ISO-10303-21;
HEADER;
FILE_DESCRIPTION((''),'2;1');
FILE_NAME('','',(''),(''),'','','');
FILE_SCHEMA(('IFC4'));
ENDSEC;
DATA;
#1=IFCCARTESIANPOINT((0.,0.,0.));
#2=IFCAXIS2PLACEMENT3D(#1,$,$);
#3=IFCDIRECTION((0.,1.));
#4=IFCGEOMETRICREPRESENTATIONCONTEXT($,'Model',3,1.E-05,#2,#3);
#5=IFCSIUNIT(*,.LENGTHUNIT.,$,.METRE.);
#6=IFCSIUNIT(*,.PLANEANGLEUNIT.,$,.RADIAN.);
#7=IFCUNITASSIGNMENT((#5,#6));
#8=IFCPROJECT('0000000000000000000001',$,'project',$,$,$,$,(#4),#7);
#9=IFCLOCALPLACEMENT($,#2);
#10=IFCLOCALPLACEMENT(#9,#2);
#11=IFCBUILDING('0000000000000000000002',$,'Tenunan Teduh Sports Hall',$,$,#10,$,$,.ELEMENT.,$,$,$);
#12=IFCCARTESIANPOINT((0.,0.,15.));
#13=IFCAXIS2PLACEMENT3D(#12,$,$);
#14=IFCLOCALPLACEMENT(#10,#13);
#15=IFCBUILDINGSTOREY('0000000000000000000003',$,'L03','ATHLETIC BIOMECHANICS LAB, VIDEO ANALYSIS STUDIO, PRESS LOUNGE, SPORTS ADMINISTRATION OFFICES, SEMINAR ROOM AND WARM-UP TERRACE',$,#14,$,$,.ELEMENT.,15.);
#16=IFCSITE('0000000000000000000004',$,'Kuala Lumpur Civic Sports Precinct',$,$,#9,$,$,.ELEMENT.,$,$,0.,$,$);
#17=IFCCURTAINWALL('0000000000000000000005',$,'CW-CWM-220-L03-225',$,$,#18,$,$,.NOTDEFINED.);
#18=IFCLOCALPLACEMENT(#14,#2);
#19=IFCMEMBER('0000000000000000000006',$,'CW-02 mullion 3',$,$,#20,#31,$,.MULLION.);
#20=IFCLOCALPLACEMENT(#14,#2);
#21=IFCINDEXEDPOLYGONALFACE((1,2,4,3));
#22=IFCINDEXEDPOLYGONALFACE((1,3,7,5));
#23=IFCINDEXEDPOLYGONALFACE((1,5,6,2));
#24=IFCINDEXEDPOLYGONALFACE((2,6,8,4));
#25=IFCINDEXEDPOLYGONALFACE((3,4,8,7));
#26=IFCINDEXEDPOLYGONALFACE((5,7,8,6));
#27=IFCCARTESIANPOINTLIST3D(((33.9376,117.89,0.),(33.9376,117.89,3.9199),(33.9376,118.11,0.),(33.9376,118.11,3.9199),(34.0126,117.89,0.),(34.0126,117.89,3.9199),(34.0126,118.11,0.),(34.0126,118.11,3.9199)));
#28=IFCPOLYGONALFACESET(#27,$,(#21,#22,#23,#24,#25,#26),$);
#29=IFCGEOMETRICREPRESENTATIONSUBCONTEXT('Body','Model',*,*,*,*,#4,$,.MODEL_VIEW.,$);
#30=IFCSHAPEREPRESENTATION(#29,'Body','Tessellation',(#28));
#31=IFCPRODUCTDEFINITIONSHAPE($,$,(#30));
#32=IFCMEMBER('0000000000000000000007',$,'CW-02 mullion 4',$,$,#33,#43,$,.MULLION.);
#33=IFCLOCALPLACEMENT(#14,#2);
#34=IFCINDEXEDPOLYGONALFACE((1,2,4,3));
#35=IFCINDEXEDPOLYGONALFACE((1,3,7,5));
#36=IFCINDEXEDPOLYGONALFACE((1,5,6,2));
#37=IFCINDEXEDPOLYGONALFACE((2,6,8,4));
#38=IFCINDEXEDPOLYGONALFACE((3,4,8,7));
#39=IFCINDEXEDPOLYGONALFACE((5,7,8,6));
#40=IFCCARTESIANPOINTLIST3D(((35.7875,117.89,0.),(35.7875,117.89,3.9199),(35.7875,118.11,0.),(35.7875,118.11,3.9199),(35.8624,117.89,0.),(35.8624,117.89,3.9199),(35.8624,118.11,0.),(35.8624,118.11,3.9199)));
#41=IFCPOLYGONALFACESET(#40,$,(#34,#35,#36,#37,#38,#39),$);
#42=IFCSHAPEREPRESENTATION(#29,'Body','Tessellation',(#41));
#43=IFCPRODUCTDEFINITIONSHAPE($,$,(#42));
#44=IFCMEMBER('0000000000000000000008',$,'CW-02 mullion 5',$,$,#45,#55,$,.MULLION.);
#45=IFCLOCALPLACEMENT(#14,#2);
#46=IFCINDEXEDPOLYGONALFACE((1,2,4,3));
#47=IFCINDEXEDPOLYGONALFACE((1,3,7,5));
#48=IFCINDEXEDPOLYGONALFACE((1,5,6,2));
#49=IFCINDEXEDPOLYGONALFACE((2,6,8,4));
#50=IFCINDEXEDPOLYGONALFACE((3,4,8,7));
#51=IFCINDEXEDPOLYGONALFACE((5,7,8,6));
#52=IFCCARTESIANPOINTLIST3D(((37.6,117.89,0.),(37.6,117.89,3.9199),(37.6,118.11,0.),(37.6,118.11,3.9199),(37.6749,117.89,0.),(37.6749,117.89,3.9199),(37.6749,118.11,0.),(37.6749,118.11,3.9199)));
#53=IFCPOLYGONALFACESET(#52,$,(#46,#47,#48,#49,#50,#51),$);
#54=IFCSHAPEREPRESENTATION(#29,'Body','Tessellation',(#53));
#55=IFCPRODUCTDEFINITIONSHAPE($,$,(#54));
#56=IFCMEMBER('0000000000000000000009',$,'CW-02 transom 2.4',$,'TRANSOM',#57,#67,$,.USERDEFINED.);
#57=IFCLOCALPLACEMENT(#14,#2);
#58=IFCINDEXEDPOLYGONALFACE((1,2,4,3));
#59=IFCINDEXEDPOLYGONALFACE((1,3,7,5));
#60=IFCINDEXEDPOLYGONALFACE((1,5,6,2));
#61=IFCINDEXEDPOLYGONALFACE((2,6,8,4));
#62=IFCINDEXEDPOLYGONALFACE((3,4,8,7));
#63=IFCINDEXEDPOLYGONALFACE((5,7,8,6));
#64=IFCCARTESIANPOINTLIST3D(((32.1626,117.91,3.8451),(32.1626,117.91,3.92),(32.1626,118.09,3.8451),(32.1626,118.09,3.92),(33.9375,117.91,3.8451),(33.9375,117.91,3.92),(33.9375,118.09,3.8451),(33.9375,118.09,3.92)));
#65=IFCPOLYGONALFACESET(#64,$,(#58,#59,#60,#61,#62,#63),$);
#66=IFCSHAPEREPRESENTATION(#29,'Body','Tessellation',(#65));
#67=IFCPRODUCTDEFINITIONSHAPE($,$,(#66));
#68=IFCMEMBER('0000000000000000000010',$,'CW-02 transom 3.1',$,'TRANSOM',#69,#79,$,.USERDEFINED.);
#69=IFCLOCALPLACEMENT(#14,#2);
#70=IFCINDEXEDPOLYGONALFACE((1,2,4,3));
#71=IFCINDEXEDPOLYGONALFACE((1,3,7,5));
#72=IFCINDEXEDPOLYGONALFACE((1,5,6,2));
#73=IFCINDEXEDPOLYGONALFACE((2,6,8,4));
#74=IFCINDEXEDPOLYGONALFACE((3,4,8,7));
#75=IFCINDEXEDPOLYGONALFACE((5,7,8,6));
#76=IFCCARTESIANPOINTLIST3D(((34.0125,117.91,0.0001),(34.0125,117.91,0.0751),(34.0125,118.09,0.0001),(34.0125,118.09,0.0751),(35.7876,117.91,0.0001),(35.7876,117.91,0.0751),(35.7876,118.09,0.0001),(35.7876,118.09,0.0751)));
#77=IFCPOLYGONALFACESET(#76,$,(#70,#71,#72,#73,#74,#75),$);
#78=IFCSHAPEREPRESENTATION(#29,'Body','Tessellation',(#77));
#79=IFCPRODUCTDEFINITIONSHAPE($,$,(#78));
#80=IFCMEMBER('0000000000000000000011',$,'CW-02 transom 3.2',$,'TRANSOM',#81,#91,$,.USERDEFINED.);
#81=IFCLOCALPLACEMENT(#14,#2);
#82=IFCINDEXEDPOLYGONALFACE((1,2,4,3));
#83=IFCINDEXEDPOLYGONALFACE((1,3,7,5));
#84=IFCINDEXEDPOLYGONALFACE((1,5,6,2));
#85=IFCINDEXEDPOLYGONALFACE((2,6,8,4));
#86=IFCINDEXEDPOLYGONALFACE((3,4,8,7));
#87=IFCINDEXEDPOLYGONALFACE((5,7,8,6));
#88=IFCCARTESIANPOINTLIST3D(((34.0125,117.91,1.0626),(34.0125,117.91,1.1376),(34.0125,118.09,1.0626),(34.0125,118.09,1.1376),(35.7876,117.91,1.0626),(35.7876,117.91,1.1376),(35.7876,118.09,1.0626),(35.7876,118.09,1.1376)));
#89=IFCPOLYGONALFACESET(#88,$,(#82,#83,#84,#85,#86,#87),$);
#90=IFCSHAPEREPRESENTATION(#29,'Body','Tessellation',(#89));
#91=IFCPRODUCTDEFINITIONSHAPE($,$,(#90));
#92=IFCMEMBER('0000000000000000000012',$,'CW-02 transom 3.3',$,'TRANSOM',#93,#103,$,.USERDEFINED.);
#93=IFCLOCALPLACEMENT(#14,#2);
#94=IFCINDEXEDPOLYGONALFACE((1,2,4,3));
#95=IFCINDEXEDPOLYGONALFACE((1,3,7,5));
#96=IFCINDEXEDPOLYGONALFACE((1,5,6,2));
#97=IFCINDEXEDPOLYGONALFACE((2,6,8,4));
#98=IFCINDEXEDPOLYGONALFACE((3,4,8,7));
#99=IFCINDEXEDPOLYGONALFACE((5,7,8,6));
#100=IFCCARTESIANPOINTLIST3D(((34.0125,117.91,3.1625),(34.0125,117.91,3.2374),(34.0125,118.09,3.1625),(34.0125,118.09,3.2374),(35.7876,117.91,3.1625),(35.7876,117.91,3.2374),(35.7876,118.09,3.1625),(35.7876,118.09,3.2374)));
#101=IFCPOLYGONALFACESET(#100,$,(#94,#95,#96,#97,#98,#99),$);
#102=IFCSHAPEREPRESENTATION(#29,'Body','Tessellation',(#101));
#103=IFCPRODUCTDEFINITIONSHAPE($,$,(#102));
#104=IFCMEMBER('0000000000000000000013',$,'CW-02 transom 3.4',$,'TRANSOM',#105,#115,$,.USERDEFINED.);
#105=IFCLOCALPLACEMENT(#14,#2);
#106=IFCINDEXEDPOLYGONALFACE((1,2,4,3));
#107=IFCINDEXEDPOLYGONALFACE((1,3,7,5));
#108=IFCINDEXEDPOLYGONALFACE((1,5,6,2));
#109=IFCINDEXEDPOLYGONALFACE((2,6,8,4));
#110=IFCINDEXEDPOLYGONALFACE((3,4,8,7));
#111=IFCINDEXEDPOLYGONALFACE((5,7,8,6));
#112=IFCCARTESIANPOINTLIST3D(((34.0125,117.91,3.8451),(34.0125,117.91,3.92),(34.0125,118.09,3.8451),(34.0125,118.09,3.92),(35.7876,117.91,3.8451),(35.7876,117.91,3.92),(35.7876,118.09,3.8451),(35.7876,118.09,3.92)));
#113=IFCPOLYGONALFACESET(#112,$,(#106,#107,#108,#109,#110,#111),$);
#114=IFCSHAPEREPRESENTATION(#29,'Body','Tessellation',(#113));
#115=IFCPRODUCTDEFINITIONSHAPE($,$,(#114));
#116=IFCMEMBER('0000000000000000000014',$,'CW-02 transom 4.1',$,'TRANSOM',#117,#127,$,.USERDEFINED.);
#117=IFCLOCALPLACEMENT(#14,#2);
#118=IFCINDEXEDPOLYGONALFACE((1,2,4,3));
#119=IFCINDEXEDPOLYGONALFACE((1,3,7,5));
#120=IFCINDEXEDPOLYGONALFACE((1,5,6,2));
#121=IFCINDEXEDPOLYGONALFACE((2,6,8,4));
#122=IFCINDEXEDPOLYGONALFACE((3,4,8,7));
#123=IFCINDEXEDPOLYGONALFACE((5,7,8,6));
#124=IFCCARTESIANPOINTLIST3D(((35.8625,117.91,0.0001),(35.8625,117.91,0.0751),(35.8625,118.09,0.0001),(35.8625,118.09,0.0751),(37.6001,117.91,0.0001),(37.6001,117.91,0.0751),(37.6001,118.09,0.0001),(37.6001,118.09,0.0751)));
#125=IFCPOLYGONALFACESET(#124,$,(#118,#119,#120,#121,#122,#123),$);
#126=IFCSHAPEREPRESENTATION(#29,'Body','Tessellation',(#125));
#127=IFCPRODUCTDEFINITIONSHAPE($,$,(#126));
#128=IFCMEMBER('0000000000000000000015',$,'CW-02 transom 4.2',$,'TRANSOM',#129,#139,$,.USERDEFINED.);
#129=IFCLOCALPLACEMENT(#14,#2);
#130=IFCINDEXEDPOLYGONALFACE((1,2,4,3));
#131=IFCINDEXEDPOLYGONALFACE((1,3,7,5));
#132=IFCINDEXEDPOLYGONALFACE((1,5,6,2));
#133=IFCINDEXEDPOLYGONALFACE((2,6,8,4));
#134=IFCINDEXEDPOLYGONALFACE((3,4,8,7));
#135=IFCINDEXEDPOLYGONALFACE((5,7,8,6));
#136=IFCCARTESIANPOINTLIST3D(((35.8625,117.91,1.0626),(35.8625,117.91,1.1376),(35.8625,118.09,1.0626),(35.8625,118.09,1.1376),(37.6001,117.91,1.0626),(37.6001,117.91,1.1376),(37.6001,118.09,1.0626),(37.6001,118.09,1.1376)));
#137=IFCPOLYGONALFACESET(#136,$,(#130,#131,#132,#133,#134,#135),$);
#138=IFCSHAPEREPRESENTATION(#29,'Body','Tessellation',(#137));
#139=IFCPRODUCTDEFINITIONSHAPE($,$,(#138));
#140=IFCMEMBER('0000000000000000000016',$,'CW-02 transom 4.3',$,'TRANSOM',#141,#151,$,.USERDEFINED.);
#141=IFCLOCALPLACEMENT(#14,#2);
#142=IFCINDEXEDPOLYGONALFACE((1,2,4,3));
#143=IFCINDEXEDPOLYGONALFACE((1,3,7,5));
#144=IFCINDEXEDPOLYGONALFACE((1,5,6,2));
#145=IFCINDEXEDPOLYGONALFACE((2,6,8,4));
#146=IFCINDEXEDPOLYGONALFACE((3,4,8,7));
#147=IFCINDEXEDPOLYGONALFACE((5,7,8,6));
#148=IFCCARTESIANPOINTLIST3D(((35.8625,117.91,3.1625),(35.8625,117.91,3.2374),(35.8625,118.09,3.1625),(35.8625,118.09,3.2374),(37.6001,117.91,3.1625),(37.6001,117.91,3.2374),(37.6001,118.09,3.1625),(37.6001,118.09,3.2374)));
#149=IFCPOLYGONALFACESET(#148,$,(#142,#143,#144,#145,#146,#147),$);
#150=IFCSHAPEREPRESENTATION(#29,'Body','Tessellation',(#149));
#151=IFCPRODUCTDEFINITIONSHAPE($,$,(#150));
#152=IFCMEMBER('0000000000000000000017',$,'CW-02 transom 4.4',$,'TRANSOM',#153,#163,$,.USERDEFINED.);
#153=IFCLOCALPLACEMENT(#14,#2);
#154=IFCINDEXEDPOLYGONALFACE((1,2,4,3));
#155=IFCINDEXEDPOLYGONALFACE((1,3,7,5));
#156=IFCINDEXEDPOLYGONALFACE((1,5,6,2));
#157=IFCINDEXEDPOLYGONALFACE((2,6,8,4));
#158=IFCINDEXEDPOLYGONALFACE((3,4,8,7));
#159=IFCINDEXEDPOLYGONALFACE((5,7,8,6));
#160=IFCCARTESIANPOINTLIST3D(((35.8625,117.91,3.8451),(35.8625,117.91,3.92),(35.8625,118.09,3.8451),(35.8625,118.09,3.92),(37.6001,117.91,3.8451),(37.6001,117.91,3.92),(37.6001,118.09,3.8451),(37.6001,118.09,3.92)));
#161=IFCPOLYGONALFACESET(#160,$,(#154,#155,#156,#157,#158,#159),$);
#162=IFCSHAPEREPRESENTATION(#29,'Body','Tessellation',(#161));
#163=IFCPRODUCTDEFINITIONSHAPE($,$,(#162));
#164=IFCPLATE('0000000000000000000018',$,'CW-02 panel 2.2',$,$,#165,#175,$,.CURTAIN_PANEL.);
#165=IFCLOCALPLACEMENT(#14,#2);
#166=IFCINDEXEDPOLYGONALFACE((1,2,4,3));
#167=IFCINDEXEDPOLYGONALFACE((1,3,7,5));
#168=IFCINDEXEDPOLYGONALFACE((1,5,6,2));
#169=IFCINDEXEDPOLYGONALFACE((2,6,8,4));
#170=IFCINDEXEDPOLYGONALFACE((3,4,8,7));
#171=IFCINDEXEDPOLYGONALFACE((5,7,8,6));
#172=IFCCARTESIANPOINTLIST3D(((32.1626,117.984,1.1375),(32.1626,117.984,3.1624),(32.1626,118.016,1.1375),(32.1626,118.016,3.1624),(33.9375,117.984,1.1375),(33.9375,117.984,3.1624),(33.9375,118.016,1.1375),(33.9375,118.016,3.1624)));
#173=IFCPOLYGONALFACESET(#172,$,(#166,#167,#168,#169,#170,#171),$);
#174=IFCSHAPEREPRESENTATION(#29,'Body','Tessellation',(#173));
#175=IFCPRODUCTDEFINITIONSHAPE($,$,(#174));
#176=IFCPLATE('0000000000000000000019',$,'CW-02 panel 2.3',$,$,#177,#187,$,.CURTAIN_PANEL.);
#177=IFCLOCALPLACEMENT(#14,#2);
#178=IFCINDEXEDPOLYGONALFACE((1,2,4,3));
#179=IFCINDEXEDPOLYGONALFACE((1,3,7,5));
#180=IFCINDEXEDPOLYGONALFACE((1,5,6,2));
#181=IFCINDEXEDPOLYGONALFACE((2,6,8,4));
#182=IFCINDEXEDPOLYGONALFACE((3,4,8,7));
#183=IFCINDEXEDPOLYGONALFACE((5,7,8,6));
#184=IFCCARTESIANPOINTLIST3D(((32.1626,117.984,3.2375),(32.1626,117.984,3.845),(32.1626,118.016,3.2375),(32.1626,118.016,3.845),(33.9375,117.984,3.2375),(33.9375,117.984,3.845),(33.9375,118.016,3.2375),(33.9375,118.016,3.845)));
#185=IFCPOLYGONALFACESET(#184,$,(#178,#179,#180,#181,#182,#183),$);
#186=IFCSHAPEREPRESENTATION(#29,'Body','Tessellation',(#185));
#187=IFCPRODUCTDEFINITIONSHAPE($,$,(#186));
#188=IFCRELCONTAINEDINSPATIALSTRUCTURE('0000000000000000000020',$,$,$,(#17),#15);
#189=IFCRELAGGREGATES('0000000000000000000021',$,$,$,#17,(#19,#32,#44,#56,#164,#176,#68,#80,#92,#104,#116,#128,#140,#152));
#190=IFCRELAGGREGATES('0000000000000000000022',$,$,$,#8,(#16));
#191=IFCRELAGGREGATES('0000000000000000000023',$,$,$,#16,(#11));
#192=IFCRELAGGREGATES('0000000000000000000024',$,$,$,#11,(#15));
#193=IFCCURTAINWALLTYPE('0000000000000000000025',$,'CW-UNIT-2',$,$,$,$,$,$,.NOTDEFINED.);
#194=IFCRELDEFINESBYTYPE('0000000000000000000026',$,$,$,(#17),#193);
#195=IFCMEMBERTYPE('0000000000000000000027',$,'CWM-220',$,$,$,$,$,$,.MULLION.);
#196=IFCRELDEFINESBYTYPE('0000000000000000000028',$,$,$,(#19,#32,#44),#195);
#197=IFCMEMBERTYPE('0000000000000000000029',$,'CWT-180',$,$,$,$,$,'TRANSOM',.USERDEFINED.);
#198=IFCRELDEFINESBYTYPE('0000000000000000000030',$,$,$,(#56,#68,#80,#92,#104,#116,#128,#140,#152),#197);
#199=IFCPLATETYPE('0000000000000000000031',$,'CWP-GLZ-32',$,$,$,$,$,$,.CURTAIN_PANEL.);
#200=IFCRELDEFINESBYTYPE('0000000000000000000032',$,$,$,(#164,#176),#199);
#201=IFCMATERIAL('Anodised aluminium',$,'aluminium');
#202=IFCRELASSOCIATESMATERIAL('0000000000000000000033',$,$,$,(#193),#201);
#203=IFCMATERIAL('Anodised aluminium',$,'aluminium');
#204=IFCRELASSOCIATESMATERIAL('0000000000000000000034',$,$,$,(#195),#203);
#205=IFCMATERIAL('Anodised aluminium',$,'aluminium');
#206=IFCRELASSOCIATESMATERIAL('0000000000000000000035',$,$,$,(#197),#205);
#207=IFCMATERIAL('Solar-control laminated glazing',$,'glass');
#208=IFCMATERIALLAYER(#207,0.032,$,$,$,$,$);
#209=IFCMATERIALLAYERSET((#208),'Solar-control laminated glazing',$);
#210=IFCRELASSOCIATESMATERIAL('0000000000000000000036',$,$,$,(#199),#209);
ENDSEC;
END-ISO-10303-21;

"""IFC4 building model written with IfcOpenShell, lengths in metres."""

from ifc_helpers import new_model, si_unit, direction, frame, origin, origin_2d, place, context, subcontext, project, spatial, rectangle, extrude, material, layer, layer_set, material_profile, profile_set, type_object, element, aggregate, save


model = new_model("IFC4")

# Units and contexts
model_context = context("Model", 3, precision=1e-05, world=origin(), true_north=direction((0.0, 1.0)))
body_context = subcontext(model_context, "Body", "Model", "MODEL_VIEW")
ifc_project = project(units=[si_unit("LENGTHUNIT", "METRE"), si_unit("PLANEANGLEUNIT", "RADIAN")], contexts=[model_context])

# Site, building, storey
site_placement = place(None, origin())
site = spatial("IfcSite", under=ifc_project, at=site_placement, Name="Kuala Lumpur Civic Sports Precinct", CompositionType="ELEMENT", RefElevation=0.0)
building_placement = place(site_placement, origin())
building = spatial("IfcBuilding", under=site, at=building_placement, Name="Tenunan Teduh Sports Hall", CompositionType="ELEMENT")
storey_placement = place(building_placement, frame((0.0, 0.0, 15.0)))
storey = spatial("IfcBuildingStorey", under=building, at=storey_placement, Name="L03", Description="ATHLETIC BIOMECHANICS LAB, VIDEO ANALYSIS STUDIO, PRESS LOUNGE, SPORTS ADMINISTRATION OFFICES, SEMINAR ROOM AND WARM-UP TERRACE", CompositionType="ELEMENT", Elevation=15.0)

# Curtain wall, members, plates
ifc_material_1 = material(Name="Anodised aluminium", Category="aluminium")
curtain_wall_type = type_object("IfcCurtainWallType", Name="CW-UNIT-2", PredefinedType="NOTDEFINED", material=ifc_material_1)
curtain_wall_placement = place(storey_placement, origin())
curtain_wall = element("IfcCurtainWall", 1, at=curtain_wall_placement, inside=storey, type_object=curtain_wall_type, Name="CW-CWM-220-L03-225", PredefinedType="NOTDEFINED")
ifc_material_2 = material(Name="Anodised aluminium", Category="aluminium")
ifc_material_profile_1 = material_profile(ifc_material_2, rectangle(XDim=0.075, YDim=0.22, at=origin_2d()), Name="CWM 75x220")
ifc_profile_set_1 = profile_set([ifc_material_profile_1], Name="Anodised aluminium")
member_type_1 = type_object("IfcMemberType", Name="CWM-220", PredefinedType="MULLION", material=ifc_profile_set_1)
member_1_placement = place(storey_placement, frame((33.9751, 118.0, 0.0), z_axis=(0.0, 0.0, 1.0), x_axis=(1.0, 0.0, 0.0)))
member_1 = element("IfcMember", 2, at=member_1_placement, type_object=member_type_1, Name="CW-02 mullion 3", PredefinedType="MULLION", context=body_context, shape_type="SweptSolid", body=[
    extrude(rectangle(XDim=0.075, YDim=0.22, at=origin_2d()), origin(), (0.0, 0.0, 1.0), 3.9199),
])
member_2_placement = place(storey_placement, frame((35.825, 118.0, 0.0), z_axis=(0.0, 0.0, 1.0), x_axis=(1.0, 0.0, 0.0)))
member_2 = element("IfcMember", 3, at=member_2_placement, type_object=member_type_1, Name="CW-02 mullion 4", PredefinedType="MULLION", context=body_context, shape_type="SweptSolid", body=[
    extrude(rectangle(XDim=0.075, YDim=0.22, at=origin_2d()), origin(), (0.0, 0.0, 1.0), 3.9199),
])
member_3_placement = place(storey_placement, frame((37.6375, 118.0, 0.0), z_axis=(0.0, 0.0, 1.0), x_axis=(1.0, 0.0, 0.0)))
member_3 = element("IfcMember", 4, at=member_3_placement, type_object=member_type_1, Name="CW-02 mullion 5", PredefinedType="MULLION", context=body_context, shape_type="SweptSolid", body=[
    extrude(rectangle(XDim=0.075, YDim=0.22, at=origin_2d()), origin(), (0.0, 0.0, 1.0), 3.9199),
])
ifc_material_3 = material(Name="Anodised aluminium", Category="aluminium")
ifc_material_profile_2 = material_profile(ifc_material_3, rectangle(XDim=0.075, YDim=0.1799, at=origin_2d()), Name="CWT 75x180")
ifc_profile_set_2 = profile_set([ifc_material_profile_2], Name="Anodised aluminium")
member_type_2 = type_object("IfcMemberType", Name="CWT-180", ElementType="TRANSOM", PredefinedType="USERDEFINED", material=ifc_profile_set_2)
member_4_placement = place(storey_placement, frame((32.1626, 118.0, 3.8826), z_axis=(1.0, 0.0, 0.0), x_axis=(0.0, 0.0, 1.0)))
member_4 = element("IfcMember", 5, at=member_4_placement, type_object=member_type_2, Name="CW-02 transom 2.4", ObjectType="TRANSOM", PredefinedType="USERDEFINED", context=body_context, shape_type="SweptSolid", body=[
    extrude(rectangle(XDim=0.075, YDim=0.1799, at=origin_2d()), origin(), (0.0, 0.0, 1.0), 1.7749),
])
member_5_placement = place(storey_placement, frame((34.0125, 118.0, 0.0376), z_axis=(1.0, 0.0, 0.0), x_axis=(0.0, 0.0, 1.0)))
member_5 = element("IfcMember", 6, at=member_5_placement, type_object=member_type_2, Name="CW-02 transom 3.1", ObjectType="TRANSOM", PredefinedType="USERDEFINED", context=body_context, shape_type="SweptSolid", body=[
    extrude(rectangle(XDim=0.075, YDim=0.1799, at=origin_2d()), origin(), (0.0, 0.0, 1.0), 1.7751),
])
member_6_placement = place(storey_placement, frame((34.0125, 118.0, 1.1001), z_axis=(1.0, 0.0, 0.0), x_axis=(0.0, 0.0, 1.0)))
member_6 = element("IfcMember", 7, at=member_6_placement, type_object=member_type_2, Name="CW-02 transom 3.2", ObjectType="TRANSOM", PredefinedType="USERDEFINED", context=body_context, shape_type="SweptSolid", body=[
    extrude(rectangle(XDim=0.075, YDim=0.1799, at=origin_2d()), origin(), (0.0, 0.0, 1.0), 1.7751),
])
member_7_placement = place(storey_placement, frame((34.0125, 118.0, 3.2), z_axis=(1.0, 0.0, 0.0), x_axis=(0.0, 0.0, 1.0)))
member_7 = element("IfcMember", 8, at=member_7_placement, type_object=member_type_2, Name="CW-02 transom 3.3", ObjectType="TRANSOM", PredefinedType="USERDEFINED", context=body_context, shape_type="SweptSolid", body=[
    extrude(rectangle(XDim=0.075, YDim=0.1799, at=origin_2d()), origin(), (0.0, 0.0, 1.0), 1.7751),
])
member_8_placement = place(storey_placement, frame((34.0125, 118.0, 3.8826), z_axis=(1.0, 0.0, 0.0), x_axis=(0.0, 0.0, 1.0)))
member_8 = element("IfcMember", 9, at=member_8_placement, type_object=member_type_2, Name="CW-02 transom 3.4", ObjectType="TRANSOM", PredefinedType="USERDEFINED", context=body_context, shape_type="SweptSolid", body=[
    extrude(rectangle(XDim=0.075, YDim=0.1799, at=origin_2d()), origin(), (0.0, 0.0, 1.0), 1.7751),
])
member_9_placement = place(storey_placement, frame((35.8625, 118.0, 0.0376), z_axis=(1.0, 0.0, 0.0), x_axis=(0.0, 0.0, 1.0)))
member_9 = element("IfcMember", 10, at=member_9_placement, type_object=member_type_2, Name="CW-02 transom 4.1", ObjectType="TRANSOM", PredefinedType="USERDEFINED", context=body_context, shape_type="SweptSolid", body=[
    extrude(rectangle(XDim=0.075, YDim=0.1799, at=origin_2d()), origin(), (0.0, 0.0, 1.0), 1.7375),
])
member_10_placement = place(storey_placement, frame((35.8625, 118.0, 1.1001), z_axis=(1.0, 0.0, 0.0), x_axis=(0.0, 0.0, 1.0)))
member_10 = element("IfcMember", 11, at=member_10_placement, type_object=member_type_2, Name="CW-02 transom 4.2", ObjectType="TRANSOM", PredefinedType="USERDEFINED", context=body_context, shape_type="SweptSolid", body=[
    extrude(rectangle(XDim=0.075, YDim=0.1799, at=origin_2d()), origin(), (0.0, 0.0, 1.0), 1.7375),
])
member_11_placement = place(storey_placement, frame((35.8625, 118.0, 3.2), z_axis=(1.0, 0.0, 0.0), x_axis=(0.0, 0.0, 1.0)))
member_11 = element("IfcMember", 12, at=member_11_placement, type_object=member_type_2, Name="CW-02 transom 4.3", ObjectType="TRANSOM", PredefinedType="USERDEFINED", context=body_context, shape_type="SweptSolid", body=[
    extrude(rectangle(XDim=0.075, YDim=0.1799, at=origin_2d()), origin(), (0.0, 0.0, 1.0), 1.7375),
])
member_12_placement = place(storey_placement, frame((35.8625, 118.0, 3.8826), z_axis=(1.0, 0.0, 0.0), x_axis=(0.0, 0.0, 1.0)))
member_12 = element("IfcMember", 13, at=member_12_placement, type_object=member_type_2, Name="CW-02 transom 4.4", ObjectType="TRANSOM", PredefinedType="USERDEFINED", context=body_context, shape_type="SweptSolid", body=[
    extrude(rectangle(XDim=0.075, YDim=0.1799, at=origin_2d()), origin(), (0.0, 0.0, 1.0), 1.7375),
])
ifc_material_4 = material(Name="Solar-control laminated glazing", Category="glass")
ifc_layer_1 = layer(ifc_material_4, 0.032)
ifc_layer_set_1 = layer_set([ifc_layer_1], Name="Solar-control laminated glazing")
plate_type_1 = type_object("IfcPlateType", Name="CWP-GLZ-32", PredefinedType="CURTAIN_PANEL", material=ifc_layer_set_1)
plate_1_placement = place(storey_placement, frame((33.05, 118.0, 1.1375), z_axis=(0.0, 0.0, 1.0), x_axis=(1.0, 0.0, 0.0)))
plate_1 = element("IfcPlate", 14, at=plate_1_placement, type_object=plate_type_1, Name="CW-02 panel 2.2", PredefinedType="CURTAIN_PANEL", context=body_context, shape_type="SweptSolid", body=[
    extrude(rectangle(XDim=1.7749, YDim=0.032, at=origin_2d()), origin(), (0.0, 0.0, 1.0), 2.0249),
])
plate_2_placement = place(storey_placement, frame((33.05, 118.0, 3.2375), z_axis=(0.0, 0.0, 1.0), x_axis=(1.0, 0.0, 0.0)))
plate_2 = element("IfcPlate", 15, at=plate_2_placement, type_object=plate_type_1, Name="CW-02 panel 2.3", PredefinedType="CURTAIN_PANEL", context=body_context, shape_type="SweptSolid", body=[
    extrude(rectangle(XDim=1.7749, YDim=0.032, at=origin_2d()), origin(), (0.0, 0.0, 1.0), 0.6074),
])
aggregate(curtain_wall, [member_1, member_2, member_3, member_4, plate_1, plate_2, member_5, member_6, member_7, member_8, member_9, member_10, member_11, member_12])

save(model, "model.ifc")
